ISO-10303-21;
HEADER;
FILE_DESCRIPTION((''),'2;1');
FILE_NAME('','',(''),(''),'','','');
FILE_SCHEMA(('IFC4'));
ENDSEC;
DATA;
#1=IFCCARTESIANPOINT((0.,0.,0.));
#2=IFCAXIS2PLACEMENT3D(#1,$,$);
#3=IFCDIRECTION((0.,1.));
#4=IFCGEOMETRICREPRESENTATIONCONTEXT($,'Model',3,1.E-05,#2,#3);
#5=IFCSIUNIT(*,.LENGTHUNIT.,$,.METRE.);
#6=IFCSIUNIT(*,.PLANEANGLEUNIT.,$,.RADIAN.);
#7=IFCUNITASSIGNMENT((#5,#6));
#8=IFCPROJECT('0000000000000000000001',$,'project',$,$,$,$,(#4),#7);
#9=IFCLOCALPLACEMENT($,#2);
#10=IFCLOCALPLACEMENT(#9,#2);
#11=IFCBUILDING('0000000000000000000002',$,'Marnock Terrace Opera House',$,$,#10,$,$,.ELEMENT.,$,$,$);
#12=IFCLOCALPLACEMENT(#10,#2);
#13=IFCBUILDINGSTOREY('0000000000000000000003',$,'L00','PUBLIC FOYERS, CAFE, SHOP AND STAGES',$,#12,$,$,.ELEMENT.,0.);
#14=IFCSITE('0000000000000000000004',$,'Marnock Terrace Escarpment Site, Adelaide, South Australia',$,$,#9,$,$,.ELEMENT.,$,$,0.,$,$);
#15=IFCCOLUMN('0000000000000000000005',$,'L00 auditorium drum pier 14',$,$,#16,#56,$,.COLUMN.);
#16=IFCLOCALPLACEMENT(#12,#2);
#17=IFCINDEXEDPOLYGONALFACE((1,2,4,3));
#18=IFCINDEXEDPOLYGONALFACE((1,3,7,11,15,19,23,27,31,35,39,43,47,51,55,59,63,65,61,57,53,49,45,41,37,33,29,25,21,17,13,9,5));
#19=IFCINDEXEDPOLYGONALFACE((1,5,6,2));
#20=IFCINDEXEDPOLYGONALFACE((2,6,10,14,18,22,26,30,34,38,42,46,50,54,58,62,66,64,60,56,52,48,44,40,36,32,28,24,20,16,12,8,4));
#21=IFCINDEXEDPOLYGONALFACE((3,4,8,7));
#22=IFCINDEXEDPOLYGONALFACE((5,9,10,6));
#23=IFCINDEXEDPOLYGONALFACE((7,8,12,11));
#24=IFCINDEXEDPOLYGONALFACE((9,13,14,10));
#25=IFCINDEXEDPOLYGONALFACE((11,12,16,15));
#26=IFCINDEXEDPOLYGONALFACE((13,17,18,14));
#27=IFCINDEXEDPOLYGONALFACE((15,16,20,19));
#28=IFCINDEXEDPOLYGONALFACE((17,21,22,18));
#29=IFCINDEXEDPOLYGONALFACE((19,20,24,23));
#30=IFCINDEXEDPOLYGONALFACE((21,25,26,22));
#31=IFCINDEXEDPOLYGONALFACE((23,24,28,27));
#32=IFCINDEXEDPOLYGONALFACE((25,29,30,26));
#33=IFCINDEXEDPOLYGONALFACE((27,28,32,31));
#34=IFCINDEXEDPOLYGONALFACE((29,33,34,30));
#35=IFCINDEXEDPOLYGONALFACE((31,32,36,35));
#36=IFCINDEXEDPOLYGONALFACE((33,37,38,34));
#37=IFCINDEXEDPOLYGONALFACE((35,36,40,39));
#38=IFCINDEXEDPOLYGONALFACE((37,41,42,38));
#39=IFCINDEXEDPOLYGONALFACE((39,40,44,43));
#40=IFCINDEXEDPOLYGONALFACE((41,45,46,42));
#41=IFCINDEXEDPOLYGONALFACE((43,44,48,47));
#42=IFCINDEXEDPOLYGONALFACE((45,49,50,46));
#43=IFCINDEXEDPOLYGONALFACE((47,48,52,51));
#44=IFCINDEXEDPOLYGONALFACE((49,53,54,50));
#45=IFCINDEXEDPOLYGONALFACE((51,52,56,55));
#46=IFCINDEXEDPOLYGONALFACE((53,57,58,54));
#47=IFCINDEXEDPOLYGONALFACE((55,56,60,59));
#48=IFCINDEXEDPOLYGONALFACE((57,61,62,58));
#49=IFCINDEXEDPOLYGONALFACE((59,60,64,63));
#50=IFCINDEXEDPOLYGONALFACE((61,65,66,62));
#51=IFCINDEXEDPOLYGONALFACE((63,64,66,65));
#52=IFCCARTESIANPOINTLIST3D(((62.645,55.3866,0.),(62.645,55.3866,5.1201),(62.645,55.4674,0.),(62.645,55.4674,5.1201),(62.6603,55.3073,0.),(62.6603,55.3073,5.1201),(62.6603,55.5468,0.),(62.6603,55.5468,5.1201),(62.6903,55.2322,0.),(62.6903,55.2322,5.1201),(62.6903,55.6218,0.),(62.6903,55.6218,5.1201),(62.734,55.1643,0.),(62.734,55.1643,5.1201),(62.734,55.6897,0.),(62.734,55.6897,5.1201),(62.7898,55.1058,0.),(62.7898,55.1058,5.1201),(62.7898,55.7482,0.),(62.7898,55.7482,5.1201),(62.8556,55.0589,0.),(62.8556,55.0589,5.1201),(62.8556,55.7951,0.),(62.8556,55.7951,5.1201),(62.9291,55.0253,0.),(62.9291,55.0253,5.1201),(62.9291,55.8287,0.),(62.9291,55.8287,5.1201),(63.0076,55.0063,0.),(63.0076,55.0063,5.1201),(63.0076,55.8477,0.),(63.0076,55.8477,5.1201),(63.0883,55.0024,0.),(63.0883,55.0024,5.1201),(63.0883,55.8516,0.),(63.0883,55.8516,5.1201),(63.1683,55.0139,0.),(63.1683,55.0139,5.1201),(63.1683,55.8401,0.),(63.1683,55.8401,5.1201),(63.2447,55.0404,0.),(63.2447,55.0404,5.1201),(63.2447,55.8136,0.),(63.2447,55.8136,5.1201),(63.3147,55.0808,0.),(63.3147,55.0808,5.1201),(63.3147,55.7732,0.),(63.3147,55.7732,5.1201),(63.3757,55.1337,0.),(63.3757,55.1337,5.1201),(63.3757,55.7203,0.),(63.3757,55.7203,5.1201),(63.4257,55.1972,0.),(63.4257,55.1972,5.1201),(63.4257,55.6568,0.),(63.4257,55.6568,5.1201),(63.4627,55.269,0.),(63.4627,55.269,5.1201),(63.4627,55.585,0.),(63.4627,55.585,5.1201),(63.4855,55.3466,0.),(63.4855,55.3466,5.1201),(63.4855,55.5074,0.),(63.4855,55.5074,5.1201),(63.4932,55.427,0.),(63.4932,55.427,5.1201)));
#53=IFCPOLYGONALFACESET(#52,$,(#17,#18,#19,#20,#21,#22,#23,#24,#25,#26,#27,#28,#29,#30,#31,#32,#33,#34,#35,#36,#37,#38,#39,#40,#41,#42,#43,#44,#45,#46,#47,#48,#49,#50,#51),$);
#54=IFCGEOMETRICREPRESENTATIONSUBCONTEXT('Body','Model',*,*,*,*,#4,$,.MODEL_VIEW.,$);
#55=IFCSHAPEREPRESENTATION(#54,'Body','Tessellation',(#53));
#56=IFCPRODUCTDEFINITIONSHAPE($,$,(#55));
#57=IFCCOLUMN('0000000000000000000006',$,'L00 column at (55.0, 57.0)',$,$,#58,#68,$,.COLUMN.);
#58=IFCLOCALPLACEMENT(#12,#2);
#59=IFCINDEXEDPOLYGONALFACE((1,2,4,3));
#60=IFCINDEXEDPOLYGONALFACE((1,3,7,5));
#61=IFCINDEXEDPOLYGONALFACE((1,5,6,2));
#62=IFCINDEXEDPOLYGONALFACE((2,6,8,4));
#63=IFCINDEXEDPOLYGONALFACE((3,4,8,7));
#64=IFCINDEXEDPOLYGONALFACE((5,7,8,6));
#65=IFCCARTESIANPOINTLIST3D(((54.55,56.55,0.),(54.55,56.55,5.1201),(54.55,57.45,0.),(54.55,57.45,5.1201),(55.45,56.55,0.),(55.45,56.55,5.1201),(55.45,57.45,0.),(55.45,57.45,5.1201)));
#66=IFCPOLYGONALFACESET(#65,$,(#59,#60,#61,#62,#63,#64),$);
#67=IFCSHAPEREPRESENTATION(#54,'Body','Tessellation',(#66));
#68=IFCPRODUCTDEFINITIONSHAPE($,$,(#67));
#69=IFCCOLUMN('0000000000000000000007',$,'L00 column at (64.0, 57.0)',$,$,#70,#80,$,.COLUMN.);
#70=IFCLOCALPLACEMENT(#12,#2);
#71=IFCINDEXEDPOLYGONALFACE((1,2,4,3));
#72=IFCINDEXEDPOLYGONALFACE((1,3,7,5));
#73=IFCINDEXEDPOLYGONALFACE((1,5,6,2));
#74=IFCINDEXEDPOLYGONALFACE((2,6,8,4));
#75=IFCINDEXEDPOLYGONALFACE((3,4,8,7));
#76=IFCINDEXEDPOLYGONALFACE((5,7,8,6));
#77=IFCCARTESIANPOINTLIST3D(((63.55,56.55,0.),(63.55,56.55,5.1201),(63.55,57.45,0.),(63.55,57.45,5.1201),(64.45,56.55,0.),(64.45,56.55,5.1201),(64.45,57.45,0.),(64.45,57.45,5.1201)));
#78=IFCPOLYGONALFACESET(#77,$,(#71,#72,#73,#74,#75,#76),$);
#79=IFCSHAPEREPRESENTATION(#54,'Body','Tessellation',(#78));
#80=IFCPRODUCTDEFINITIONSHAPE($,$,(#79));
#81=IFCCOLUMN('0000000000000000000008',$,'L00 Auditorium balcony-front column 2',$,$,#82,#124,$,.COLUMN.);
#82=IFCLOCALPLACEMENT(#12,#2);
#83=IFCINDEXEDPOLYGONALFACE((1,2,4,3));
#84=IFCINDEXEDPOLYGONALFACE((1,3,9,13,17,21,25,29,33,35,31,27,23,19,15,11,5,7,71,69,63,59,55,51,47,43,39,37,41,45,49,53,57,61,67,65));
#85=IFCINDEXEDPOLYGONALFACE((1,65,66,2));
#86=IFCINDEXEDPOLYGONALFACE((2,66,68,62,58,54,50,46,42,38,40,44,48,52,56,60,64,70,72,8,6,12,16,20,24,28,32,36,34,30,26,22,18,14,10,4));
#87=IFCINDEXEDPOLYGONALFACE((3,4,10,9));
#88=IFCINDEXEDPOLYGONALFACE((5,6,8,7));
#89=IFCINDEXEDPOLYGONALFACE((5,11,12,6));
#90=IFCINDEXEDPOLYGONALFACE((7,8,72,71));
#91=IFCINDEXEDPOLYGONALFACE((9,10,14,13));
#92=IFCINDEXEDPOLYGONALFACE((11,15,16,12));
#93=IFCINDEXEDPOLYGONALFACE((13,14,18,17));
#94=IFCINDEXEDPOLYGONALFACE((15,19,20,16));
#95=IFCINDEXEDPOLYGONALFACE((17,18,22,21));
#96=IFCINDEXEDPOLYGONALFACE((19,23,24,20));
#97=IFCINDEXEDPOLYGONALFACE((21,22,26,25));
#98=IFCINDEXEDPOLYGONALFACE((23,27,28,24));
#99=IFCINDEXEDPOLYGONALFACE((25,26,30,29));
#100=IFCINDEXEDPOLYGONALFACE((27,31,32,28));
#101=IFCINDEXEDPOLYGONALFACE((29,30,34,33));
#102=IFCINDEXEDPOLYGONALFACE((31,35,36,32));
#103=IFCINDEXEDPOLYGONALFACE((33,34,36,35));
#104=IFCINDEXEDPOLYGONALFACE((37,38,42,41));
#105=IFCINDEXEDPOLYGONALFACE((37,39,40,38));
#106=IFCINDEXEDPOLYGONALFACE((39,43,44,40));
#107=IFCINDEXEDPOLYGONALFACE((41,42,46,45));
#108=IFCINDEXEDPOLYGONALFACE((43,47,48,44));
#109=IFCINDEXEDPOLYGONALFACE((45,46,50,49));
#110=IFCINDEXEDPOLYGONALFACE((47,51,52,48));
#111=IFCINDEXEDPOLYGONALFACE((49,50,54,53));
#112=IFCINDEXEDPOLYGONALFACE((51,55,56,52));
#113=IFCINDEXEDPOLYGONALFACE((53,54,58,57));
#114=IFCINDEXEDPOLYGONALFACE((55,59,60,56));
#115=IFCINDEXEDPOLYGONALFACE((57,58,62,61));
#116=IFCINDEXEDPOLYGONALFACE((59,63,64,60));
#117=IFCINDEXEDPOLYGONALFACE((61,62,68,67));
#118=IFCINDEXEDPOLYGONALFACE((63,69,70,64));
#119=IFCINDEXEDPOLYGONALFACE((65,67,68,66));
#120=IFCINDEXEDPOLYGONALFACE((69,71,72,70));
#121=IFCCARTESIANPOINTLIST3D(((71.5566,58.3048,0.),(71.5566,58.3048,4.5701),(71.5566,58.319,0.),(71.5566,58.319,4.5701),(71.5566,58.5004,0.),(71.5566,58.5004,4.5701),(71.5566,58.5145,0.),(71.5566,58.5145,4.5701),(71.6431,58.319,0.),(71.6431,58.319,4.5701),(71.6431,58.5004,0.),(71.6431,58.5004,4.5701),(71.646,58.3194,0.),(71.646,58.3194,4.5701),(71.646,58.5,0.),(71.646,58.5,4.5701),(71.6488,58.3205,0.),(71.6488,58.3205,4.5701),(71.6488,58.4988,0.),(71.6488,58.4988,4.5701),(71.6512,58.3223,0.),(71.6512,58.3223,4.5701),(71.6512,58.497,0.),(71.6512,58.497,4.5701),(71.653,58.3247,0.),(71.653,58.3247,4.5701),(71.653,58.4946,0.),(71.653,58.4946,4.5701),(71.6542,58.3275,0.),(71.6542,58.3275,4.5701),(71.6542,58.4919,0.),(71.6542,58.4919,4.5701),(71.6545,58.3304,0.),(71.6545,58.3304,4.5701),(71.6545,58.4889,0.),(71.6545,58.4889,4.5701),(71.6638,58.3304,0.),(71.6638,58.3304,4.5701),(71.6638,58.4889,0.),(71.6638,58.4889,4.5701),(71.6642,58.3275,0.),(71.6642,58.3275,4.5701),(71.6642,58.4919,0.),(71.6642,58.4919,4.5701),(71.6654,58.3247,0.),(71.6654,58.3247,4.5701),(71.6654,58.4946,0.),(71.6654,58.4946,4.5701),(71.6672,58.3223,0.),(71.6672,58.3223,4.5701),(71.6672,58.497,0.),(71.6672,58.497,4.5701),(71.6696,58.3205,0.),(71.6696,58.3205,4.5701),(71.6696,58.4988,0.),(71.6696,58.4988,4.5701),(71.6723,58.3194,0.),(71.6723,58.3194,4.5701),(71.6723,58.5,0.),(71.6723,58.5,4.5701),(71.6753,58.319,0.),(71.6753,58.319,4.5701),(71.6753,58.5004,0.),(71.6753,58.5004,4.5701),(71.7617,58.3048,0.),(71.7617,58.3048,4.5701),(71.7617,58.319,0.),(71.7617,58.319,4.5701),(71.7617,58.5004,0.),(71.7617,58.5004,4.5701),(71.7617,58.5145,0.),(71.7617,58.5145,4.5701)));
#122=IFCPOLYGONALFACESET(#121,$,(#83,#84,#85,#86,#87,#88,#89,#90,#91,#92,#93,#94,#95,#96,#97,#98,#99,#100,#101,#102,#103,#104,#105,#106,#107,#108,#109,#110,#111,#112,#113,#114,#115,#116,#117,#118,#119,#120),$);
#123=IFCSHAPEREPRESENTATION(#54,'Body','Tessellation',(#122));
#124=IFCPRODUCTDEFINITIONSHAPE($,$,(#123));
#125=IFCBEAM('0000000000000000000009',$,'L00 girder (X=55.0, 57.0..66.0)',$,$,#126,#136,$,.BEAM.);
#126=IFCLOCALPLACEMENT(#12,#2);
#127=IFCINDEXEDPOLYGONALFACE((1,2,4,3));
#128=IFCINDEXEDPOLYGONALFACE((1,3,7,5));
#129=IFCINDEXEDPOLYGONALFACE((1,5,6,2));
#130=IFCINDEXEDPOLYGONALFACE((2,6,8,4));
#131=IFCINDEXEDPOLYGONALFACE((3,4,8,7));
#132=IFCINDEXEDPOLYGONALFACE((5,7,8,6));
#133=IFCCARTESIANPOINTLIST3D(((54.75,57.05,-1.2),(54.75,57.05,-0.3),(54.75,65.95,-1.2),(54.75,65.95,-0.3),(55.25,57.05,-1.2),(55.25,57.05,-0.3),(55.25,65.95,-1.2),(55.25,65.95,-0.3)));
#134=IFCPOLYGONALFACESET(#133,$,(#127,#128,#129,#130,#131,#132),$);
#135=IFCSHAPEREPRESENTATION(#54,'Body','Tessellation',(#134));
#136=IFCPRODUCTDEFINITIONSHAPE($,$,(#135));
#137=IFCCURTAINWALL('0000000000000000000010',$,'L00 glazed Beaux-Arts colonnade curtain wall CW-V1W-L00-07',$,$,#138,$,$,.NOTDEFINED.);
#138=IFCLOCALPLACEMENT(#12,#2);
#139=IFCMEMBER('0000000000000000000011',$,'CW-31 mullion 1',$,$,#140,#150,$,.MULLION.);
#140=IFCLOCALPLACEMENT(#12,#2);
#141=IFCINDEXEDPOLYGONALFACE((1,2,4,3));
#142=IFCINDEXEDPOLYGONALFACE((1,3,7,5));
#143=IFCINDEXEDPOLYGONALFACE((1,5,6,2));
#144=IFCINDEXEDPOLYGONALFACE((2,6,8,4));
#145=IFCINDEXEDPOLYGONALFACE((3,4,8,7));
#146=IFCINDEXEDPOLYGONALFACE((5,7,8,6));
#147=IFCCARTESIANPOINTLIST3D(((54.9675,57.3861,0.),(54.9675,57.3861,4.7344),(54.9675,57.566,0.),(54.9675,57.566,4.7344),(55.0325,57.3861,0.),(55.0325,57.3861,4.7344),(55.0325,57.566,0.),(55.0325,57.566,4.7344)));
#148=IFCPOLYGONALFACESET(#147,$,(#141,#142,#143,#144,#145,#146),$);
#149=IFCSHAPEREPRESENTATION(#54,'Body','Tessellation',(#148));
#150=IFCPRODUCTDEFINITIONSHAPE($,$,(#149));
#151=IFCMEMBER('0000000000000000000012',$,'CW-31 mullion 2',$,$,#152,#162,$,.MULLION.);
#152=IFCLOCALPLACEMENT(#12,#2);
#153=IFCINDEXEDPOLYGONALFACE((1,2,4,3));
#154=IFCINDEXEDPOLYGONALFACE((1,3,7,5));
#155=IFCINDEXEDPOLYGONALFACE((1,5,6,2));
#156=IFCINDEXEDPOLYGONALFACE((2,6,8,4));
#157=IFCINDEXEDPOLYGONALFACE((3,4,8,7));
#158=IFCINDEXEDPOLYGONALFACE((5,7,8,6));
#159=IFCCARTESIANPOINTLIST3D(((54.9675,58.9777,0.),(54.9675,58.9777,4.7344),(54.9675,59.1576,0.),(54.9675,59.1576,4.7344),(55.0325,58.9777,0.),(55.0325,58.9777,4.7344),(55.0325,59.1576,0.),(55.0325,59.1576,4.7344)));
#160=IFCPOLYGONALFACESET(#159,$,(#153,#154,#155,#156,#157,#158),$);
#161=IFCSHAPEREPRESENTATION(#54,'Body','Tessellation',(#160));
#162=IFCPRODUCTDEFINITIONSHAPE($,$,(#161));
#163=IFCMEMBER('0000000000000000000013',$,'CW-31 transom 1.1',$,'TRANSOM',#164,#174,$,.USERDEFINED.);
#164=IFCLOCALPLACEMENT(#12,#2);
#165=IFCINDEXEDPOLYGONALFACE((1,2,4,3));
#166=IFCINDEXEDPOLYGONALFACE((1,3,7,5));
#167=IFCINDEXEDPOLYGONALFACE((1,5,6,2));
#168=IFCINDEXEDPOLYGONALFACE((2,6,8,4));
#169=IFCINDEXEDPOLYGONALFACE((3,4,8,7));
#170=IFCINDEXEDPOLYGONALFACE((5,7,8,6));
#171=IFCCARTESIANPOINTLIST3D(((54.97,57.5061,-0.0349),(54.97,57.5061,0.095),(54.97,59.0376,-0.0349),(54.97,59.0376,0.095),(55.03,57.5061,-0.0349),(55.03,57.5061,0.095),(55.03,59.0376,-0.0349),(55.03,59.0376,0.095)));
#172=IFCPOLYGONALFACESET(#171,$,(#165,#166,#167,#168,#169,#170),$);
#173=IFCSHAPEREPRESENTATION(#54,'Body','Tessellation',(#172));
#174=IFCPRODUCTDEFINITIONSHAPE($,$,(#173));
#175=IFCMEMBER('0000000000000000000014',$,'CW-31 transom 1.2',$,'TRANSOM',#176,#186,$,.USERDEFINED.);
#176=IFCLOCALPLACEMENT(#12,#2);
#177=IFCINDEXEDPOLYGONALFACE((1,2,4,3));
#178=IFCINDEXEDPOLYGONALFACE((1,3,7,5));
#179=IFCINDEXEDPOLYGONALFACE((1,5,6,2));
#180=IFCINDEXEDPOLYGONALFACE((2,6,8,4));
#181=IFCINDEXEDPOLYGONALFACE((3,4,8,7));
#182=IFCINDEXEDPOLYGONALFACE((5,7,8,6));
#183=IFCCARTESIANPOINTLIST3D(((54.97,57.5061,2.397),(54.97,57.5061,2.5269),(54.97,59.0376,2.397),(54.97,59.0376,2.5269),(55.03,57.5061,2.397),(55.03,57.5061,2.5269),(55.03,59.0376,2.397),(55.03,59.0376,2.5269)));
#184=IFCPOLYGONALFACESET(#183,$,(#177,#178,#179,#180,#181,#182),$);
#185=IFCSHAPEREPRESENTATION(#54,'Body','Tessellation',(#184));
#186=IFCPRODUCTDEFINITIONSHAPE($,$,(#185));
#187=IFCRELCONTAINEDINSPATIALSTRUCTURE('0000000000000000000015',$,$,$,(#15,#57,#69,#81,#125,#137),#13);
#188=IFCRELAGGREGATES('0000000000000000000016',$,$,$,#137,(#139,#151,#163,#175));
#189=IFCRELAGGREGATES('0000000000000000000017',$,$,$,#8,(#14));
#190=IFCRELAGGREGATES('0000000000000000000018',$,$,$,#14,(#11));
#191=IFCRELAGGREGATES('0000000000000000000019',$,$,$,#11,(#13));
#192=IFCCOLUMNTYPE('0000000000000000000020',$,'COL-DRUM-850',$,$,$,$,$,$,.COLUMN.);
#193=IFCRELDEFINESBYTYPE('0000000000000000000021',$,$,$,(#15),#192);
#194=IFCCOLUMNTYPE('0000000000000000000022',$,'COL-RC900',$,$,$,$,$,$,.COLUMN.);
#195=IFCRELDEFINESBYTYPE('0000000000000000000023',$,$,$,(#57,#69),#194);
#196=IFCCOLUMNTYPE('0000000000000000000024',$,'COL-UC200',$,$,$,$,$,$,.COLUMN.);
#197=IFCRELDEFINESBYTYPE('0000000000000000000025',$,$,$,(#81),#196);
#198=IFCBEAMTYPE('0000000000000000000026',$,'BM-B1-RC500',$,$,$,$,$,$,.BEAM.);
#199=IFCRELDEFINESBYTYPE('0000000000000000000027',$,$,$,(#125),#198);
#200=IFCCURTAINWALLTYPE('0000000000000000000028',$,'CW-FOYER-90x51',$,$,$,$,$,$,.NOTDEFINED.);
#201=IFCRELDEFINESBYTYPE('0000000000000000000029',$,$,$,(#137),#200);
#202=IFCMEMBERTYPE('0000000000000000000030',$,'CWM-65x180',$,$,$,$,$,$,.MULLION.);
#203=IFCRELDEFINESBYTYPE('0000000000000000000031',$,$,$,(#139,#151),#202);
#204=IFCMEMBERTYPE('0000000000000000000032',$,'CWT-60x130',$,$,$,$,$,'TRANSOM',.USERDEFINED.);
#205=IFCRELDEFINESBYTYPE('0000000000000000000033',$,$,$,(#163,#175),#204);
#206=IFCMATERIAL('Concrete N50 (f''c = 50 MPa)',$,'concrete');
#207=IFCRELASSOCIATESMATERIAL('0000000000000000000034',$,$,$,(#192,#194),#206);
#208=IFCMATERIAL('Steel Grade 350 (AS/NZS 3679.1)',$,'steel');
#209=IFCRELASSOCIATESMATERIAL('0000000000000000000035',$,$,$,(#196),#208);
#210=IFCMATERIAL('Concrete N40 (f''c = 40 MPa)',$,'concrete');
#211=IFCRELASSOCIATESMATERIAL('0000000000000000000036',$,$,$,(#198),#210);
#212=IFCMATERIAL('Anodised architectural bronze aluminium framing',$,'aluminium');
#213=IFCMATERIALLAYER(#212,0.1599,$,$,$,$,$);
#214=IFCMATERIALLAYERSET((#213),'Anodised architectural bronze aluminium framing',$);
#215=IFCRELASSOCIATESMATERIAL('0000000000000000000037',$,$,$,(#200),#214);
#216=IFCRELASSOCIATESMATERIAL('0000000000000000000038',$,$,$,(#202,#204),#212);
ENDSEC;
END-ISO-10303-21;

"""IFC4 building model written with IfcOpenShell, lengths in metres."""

from ifc_helpers import new_model, si_unit, direction, frame, origin, origin_2d, place, context, subcontext, project, spatial, rectangle, circle, i_section, extrude, material, layer, layer_set, material_profile, profile_set, type_object, element, aggregate, save


model = new_model("IFC4")

# Units and contexts
model_context = context("Model", 3, precision=1e-05, world=origin(), true_north=direction((0.0, 1.0)))
body_context = subcontext(model_context, "Body", "Model", "MODEL_VIEW")
ifc_project = project(units=[si_unit("LENGTHUNIT", "METRE"), si_unit("PLANEANGLEUNIT", "RADIAN")], contexts=[model_context])

# Site, building, storey
site_placement = place(None, origin())
site = spatial("IfcSite", under=ifc_project, at=site_placement, Name="Marnock Terrace Escarpment Site, Adelaide, South Australia", CompositionType="ELEMENT", RefElevation=0.0)
building_placement = place(site_placement, origin())
building = spatial("IfcBuilding", under=site, at=building_placement, Name="Marnock Terrace Opera House", CompositionType="ELEMENT")
storey_placement = place(building_placement, origin())
storey = spatial("IfcBuildingStorey", under=building, at=storey_placement, Name="L00", Description="PUBLIC FOYERS, CAFE, SHOP AND STAGES", CompositionType="ELEMENT", Elevation=0.0)

# Columns
ifc_material_1 = material(Name="Concrete N50 (f'c = 50 MPa)", Category="concrete")
ifc_material_profile_1 = material_profile(ifc_material_1, circle(Radius=0.425, at=origin_2d()))
ifc_profile_set_1 = profile_set([ifc_material_profile_1], Name="Concrete N50 (f'c = 50 MPa)")
column_type_1 = type_object("IfcColumnType", Name="COL-DRUM-850", PredefinedType="COLUMN", material=ifc_profile_set_1)
column_1_placement = place(storey_placement, frame((63.0681, 55.427, 0.0), z_axis=(0.0, 0.0, 1.0), x_axis=(1.0, 0.0, 0.0)))
element("IfcColumn", 1, at=column_1_placement, inside=storey, type_object=column_type_1, Name="L00 auditorium drum pier 14", PredefinedType="COLUMN", context=body_context, shape_type="SweptSolid", body=[
    extrude(circle(Radius=0.425, at=origin_2d()), origin(), (0.0, 0.0, 1.0), 5.1201),
])
ifc_material_profile_2 = material_profile(ifc_material_1, rectangle(XDim=0.8999, YDim=0.8999, at=origin_2d()))
ifc_profile_set_2 = profile_set([ifc_material_profile_2], Name="Concrete N50 (f'c = 50 MPa)")
column_type_2 = type_object("IfcColumnType", Name="COL-RC900", PredefinedType="COLUMN", material=ifc_profile_set_2)
for number, where, z_axis, x_axis, name in (
    (2, (55.0, 57.0, 0.0), (0.0, 0.0, 1.0), (1.0, 0.0, 0.0), "L00 column at (55.0, 57.0)"),
    (3, (64.0, 57.0, 0.0), (0.0, 0.0, 1.0), (1.0, 0.0, 0.0), "L00 column at (64.0, 57.0)"),
):
    element("IfcColumn", number, at=place(storey_placement, frame(where, z_axis=z_axis, x_axis=x_axis)), inside=storey, type_object=column_type_2, Name=name, PredefinedType="COLUMN", context=body_context, shape_type="SweptSolid", body=[
        extrude(rectangle(XDim=0.8999, YDim=0.8999, at=origin_2d()), origin(), (0.0, 0.0, 1.0), 5.1201),
    ])
ifc_material_2 = material(Name="Steel Grade 350 (AS/NZS 3679.1)", Category="steel")
ifc_material_profile_3 = material_profile(ifc_material_2, i_section(OverallWidth=0.2051, OverallDepth=0.2097, WebThickness=0.0093, FlangeThickness=0.0142, FilletRadius=0.0115, at=origin_2d()))
ifc_profile_set_3 = profile_set([ifc_material_profile_3], Name="Steel Grade 350 (AS/NZS 3679.1)")
column_type_3 = type_object("IfcColumnType", Name="COL-UC200", PredefinedType="COLUMN", material=ifc_profile_set_3)
column_2_placement = place(storey_placement, frame((71.6592, 58.4097, 0.0), z_axis=(0.0, 0.0, 1.0), x_axis=(1.0, 0.0, 0.0)))
element("IfcColumn", 4, at=column_2_placement, inside=storey, type_object=column_type_3, Name="L00 Auditorium balcony-front column 2", PredefinedType="COLUMN", context=body_context, shape_type="SweptSolid", body=[
    extrude(i_section(OverallWidth=0.2051, OverallDepth=0.2097, WebThickness=0.0093, FlangeThickness=0.0142, FilletRadius=0.0115, at=origin_2d()), origin(), (0.0, 0.0, 1.0), 4.5701),
])

# Beam
ifc_material_3 = material(Name="Concrete N40 (f'c = 40 MPa)", Category="concrete")
ifc_material_profile_4 = material_profile(ifc_material_3, rectangle(XDim=0.5, YDim=0.8999, at=origin_2d()))
ifc_profile_set_4 = profile_set([ifc_material_profile_4], Name="Concrete N40 (f'c = 40 MPa)")
beam_type = type_object("IfcBeamType", Name="BM-B1-RC500", PredefinedType="BEAM", material=ifc_profile_set_4)
beam_placement = place(storey_placement, frame((55.0, 57.05, -0.75), z_axis=(0.0, 1.0, 0.0), x_axis=(-1.0, 0.0, 0.0)))
element("IfcBeam", 5, at=beam_placement, inside=storey, type_object=beam_type, Name="L00 girder (X=55.0, 57.0..66.0)", PredefinedType="BEAM", context=body_context, shape_type="SweptSolid", body=[
    extrude(rectangle(XDim=0.5, YDim=0.8999, at=origin_2d()), origin(), (0.0, 0.0, 1.0), 8.8999),
])

# Curtain wall, members
ifc_material_4 = material(Name="Anodised architectural bronze aluminium framing", Category="aluminium")
ifc_layer_1 = layer(ifc_material_4, 0.1599)
ifc_layer_set_1 = layer_set([ifc_layer_1], Name="Anodised architectural bronze aluminium framing")
curtain_wall_type = type_object("IfcCurtainWallType", Name="CW-FOYER-90x51", PredefinedType="NOTDEFINED", material=ifc_layer_set_1)
curtain_wall_placement = place(storey_placement, origin())
curtain_wall = element("IfcCurtainWall", 6, at=curtain_wall_placement, inside=storey, type_object=curtain_wall_type, Name="L00 glazed Beaux-Arts colonnade curtain wall CW-V1W-L00-07", PredefinedType="NOTDEFINED")
ifc_material_profile_5 = material_profile(ifc_material_4, rectangle(XDim=0.0649, YDim=0.1799, at=origin_2d()))
ifc_profile_set_5 = profile_set([ifc_material_profile_5], Name="Anodised architectural bronze aluminium framing")
member_type_1 = type_object("IfcMemberType", Name="CWM-65x180", PredefinedType="MULLION", material=ifc_profile_set_5)
member_1_placement = place(storey_placement, frame((55.0, 57.4761, 0.0), z_axis=(0.0, 0.0, 1.0), x_axis=(-1.0, 0.0, 0.0)))
member_1 = element("IfcMember", 7, at=member_1_placement, type_object=member_type_1, Name="CW-31 mullion 1", PredefinedType="MULLION", context=body_context, shape_type="SweptSolid", body=[
    extrude(rectangle(XDim=0.0649, YDim=0.1799, at=origin_2d()), origin(), (0.0, 0.0, 1.0), 4.7344),
])
member_2_placement = place(storey_placement, frame((55.0, 59.0676, 0.0), z_axis=(0.0, 0.0, 1.0), x_axis=(-1.0, 0.0, 0.0)))
member_2 = element("IfcMember", 8, at=member_2_placement, type_object=member_type_1, Name="CW-31 mullion 2", PredefinedType="MULLION", context=body_context, shape_type="SweptSolid", body=[
    extrude(rectangle(XDim=0.0649, YDim=0.1799, at=origin_2d()), origin(), (0.0, 0.0, 1.0), 4.7344),
])
ifc_material_profile_6 = material_profile(ifc_material_4, rectangle(XDim=0.0601, YDim=0.1299, at=origin_2d()))
ifc_profile_set_6 = profile_set([ifc_material_profile_6], Name="Anodised architectural bronze aluminium framing")
member_type_2 = type_object("IfcMemberType", Name="CWT-60x130", ElementType="TRANSOM", PredefinedType="USERDEFINED", material=ifc_profile_set_6)
member_3_placement = place(storey_placement, frame((55.0, 57.5061, 0.03), z_axis=(0.0, 1.0, 0.0), x_axis=(-1.0, 0.0, 0.0)))
member_3 = element("IfcMember", 9, at=member_3_placement, type_object=member_type_2, Name="CW-31 transom 1.1", ObjectType="TRANSOM", PredefinedType="USERDEFINED", context=body_context, shape_type="SweptSolid", body=[
    extrude(rectangle(XDim=0.0601, YDim=0.1299, at=origin_2d()), origin(), (0.0, 0.0, 1.0), 1.5315),
])
member_4_placement = place(storey_placement, frame((55.0, 57.5061, 2.4619), z_axis=(0.0, 1.0, 0.0), x_axis=(-1.0, 0.0, 0.0)))
member_4 = element("IfcMember", 10, at=member_4_placement, type_object=member_type_2, Name="CW-31 transom 1.2", ObjectType="TRANSOM", PredefinedType="USERDEFINED", context=body_context, shape_type="SweptSolid", body=[
    extrude(rectangle(XDim=0.0601, YDim=0.1299, at=origin_2d()), origin(), (0.0, 0.0, 1.0), 1.5315),
])
aggregate(curtain_wall, [member_1, member_2, member_3, member_4])

save(model, "model.ifc")
